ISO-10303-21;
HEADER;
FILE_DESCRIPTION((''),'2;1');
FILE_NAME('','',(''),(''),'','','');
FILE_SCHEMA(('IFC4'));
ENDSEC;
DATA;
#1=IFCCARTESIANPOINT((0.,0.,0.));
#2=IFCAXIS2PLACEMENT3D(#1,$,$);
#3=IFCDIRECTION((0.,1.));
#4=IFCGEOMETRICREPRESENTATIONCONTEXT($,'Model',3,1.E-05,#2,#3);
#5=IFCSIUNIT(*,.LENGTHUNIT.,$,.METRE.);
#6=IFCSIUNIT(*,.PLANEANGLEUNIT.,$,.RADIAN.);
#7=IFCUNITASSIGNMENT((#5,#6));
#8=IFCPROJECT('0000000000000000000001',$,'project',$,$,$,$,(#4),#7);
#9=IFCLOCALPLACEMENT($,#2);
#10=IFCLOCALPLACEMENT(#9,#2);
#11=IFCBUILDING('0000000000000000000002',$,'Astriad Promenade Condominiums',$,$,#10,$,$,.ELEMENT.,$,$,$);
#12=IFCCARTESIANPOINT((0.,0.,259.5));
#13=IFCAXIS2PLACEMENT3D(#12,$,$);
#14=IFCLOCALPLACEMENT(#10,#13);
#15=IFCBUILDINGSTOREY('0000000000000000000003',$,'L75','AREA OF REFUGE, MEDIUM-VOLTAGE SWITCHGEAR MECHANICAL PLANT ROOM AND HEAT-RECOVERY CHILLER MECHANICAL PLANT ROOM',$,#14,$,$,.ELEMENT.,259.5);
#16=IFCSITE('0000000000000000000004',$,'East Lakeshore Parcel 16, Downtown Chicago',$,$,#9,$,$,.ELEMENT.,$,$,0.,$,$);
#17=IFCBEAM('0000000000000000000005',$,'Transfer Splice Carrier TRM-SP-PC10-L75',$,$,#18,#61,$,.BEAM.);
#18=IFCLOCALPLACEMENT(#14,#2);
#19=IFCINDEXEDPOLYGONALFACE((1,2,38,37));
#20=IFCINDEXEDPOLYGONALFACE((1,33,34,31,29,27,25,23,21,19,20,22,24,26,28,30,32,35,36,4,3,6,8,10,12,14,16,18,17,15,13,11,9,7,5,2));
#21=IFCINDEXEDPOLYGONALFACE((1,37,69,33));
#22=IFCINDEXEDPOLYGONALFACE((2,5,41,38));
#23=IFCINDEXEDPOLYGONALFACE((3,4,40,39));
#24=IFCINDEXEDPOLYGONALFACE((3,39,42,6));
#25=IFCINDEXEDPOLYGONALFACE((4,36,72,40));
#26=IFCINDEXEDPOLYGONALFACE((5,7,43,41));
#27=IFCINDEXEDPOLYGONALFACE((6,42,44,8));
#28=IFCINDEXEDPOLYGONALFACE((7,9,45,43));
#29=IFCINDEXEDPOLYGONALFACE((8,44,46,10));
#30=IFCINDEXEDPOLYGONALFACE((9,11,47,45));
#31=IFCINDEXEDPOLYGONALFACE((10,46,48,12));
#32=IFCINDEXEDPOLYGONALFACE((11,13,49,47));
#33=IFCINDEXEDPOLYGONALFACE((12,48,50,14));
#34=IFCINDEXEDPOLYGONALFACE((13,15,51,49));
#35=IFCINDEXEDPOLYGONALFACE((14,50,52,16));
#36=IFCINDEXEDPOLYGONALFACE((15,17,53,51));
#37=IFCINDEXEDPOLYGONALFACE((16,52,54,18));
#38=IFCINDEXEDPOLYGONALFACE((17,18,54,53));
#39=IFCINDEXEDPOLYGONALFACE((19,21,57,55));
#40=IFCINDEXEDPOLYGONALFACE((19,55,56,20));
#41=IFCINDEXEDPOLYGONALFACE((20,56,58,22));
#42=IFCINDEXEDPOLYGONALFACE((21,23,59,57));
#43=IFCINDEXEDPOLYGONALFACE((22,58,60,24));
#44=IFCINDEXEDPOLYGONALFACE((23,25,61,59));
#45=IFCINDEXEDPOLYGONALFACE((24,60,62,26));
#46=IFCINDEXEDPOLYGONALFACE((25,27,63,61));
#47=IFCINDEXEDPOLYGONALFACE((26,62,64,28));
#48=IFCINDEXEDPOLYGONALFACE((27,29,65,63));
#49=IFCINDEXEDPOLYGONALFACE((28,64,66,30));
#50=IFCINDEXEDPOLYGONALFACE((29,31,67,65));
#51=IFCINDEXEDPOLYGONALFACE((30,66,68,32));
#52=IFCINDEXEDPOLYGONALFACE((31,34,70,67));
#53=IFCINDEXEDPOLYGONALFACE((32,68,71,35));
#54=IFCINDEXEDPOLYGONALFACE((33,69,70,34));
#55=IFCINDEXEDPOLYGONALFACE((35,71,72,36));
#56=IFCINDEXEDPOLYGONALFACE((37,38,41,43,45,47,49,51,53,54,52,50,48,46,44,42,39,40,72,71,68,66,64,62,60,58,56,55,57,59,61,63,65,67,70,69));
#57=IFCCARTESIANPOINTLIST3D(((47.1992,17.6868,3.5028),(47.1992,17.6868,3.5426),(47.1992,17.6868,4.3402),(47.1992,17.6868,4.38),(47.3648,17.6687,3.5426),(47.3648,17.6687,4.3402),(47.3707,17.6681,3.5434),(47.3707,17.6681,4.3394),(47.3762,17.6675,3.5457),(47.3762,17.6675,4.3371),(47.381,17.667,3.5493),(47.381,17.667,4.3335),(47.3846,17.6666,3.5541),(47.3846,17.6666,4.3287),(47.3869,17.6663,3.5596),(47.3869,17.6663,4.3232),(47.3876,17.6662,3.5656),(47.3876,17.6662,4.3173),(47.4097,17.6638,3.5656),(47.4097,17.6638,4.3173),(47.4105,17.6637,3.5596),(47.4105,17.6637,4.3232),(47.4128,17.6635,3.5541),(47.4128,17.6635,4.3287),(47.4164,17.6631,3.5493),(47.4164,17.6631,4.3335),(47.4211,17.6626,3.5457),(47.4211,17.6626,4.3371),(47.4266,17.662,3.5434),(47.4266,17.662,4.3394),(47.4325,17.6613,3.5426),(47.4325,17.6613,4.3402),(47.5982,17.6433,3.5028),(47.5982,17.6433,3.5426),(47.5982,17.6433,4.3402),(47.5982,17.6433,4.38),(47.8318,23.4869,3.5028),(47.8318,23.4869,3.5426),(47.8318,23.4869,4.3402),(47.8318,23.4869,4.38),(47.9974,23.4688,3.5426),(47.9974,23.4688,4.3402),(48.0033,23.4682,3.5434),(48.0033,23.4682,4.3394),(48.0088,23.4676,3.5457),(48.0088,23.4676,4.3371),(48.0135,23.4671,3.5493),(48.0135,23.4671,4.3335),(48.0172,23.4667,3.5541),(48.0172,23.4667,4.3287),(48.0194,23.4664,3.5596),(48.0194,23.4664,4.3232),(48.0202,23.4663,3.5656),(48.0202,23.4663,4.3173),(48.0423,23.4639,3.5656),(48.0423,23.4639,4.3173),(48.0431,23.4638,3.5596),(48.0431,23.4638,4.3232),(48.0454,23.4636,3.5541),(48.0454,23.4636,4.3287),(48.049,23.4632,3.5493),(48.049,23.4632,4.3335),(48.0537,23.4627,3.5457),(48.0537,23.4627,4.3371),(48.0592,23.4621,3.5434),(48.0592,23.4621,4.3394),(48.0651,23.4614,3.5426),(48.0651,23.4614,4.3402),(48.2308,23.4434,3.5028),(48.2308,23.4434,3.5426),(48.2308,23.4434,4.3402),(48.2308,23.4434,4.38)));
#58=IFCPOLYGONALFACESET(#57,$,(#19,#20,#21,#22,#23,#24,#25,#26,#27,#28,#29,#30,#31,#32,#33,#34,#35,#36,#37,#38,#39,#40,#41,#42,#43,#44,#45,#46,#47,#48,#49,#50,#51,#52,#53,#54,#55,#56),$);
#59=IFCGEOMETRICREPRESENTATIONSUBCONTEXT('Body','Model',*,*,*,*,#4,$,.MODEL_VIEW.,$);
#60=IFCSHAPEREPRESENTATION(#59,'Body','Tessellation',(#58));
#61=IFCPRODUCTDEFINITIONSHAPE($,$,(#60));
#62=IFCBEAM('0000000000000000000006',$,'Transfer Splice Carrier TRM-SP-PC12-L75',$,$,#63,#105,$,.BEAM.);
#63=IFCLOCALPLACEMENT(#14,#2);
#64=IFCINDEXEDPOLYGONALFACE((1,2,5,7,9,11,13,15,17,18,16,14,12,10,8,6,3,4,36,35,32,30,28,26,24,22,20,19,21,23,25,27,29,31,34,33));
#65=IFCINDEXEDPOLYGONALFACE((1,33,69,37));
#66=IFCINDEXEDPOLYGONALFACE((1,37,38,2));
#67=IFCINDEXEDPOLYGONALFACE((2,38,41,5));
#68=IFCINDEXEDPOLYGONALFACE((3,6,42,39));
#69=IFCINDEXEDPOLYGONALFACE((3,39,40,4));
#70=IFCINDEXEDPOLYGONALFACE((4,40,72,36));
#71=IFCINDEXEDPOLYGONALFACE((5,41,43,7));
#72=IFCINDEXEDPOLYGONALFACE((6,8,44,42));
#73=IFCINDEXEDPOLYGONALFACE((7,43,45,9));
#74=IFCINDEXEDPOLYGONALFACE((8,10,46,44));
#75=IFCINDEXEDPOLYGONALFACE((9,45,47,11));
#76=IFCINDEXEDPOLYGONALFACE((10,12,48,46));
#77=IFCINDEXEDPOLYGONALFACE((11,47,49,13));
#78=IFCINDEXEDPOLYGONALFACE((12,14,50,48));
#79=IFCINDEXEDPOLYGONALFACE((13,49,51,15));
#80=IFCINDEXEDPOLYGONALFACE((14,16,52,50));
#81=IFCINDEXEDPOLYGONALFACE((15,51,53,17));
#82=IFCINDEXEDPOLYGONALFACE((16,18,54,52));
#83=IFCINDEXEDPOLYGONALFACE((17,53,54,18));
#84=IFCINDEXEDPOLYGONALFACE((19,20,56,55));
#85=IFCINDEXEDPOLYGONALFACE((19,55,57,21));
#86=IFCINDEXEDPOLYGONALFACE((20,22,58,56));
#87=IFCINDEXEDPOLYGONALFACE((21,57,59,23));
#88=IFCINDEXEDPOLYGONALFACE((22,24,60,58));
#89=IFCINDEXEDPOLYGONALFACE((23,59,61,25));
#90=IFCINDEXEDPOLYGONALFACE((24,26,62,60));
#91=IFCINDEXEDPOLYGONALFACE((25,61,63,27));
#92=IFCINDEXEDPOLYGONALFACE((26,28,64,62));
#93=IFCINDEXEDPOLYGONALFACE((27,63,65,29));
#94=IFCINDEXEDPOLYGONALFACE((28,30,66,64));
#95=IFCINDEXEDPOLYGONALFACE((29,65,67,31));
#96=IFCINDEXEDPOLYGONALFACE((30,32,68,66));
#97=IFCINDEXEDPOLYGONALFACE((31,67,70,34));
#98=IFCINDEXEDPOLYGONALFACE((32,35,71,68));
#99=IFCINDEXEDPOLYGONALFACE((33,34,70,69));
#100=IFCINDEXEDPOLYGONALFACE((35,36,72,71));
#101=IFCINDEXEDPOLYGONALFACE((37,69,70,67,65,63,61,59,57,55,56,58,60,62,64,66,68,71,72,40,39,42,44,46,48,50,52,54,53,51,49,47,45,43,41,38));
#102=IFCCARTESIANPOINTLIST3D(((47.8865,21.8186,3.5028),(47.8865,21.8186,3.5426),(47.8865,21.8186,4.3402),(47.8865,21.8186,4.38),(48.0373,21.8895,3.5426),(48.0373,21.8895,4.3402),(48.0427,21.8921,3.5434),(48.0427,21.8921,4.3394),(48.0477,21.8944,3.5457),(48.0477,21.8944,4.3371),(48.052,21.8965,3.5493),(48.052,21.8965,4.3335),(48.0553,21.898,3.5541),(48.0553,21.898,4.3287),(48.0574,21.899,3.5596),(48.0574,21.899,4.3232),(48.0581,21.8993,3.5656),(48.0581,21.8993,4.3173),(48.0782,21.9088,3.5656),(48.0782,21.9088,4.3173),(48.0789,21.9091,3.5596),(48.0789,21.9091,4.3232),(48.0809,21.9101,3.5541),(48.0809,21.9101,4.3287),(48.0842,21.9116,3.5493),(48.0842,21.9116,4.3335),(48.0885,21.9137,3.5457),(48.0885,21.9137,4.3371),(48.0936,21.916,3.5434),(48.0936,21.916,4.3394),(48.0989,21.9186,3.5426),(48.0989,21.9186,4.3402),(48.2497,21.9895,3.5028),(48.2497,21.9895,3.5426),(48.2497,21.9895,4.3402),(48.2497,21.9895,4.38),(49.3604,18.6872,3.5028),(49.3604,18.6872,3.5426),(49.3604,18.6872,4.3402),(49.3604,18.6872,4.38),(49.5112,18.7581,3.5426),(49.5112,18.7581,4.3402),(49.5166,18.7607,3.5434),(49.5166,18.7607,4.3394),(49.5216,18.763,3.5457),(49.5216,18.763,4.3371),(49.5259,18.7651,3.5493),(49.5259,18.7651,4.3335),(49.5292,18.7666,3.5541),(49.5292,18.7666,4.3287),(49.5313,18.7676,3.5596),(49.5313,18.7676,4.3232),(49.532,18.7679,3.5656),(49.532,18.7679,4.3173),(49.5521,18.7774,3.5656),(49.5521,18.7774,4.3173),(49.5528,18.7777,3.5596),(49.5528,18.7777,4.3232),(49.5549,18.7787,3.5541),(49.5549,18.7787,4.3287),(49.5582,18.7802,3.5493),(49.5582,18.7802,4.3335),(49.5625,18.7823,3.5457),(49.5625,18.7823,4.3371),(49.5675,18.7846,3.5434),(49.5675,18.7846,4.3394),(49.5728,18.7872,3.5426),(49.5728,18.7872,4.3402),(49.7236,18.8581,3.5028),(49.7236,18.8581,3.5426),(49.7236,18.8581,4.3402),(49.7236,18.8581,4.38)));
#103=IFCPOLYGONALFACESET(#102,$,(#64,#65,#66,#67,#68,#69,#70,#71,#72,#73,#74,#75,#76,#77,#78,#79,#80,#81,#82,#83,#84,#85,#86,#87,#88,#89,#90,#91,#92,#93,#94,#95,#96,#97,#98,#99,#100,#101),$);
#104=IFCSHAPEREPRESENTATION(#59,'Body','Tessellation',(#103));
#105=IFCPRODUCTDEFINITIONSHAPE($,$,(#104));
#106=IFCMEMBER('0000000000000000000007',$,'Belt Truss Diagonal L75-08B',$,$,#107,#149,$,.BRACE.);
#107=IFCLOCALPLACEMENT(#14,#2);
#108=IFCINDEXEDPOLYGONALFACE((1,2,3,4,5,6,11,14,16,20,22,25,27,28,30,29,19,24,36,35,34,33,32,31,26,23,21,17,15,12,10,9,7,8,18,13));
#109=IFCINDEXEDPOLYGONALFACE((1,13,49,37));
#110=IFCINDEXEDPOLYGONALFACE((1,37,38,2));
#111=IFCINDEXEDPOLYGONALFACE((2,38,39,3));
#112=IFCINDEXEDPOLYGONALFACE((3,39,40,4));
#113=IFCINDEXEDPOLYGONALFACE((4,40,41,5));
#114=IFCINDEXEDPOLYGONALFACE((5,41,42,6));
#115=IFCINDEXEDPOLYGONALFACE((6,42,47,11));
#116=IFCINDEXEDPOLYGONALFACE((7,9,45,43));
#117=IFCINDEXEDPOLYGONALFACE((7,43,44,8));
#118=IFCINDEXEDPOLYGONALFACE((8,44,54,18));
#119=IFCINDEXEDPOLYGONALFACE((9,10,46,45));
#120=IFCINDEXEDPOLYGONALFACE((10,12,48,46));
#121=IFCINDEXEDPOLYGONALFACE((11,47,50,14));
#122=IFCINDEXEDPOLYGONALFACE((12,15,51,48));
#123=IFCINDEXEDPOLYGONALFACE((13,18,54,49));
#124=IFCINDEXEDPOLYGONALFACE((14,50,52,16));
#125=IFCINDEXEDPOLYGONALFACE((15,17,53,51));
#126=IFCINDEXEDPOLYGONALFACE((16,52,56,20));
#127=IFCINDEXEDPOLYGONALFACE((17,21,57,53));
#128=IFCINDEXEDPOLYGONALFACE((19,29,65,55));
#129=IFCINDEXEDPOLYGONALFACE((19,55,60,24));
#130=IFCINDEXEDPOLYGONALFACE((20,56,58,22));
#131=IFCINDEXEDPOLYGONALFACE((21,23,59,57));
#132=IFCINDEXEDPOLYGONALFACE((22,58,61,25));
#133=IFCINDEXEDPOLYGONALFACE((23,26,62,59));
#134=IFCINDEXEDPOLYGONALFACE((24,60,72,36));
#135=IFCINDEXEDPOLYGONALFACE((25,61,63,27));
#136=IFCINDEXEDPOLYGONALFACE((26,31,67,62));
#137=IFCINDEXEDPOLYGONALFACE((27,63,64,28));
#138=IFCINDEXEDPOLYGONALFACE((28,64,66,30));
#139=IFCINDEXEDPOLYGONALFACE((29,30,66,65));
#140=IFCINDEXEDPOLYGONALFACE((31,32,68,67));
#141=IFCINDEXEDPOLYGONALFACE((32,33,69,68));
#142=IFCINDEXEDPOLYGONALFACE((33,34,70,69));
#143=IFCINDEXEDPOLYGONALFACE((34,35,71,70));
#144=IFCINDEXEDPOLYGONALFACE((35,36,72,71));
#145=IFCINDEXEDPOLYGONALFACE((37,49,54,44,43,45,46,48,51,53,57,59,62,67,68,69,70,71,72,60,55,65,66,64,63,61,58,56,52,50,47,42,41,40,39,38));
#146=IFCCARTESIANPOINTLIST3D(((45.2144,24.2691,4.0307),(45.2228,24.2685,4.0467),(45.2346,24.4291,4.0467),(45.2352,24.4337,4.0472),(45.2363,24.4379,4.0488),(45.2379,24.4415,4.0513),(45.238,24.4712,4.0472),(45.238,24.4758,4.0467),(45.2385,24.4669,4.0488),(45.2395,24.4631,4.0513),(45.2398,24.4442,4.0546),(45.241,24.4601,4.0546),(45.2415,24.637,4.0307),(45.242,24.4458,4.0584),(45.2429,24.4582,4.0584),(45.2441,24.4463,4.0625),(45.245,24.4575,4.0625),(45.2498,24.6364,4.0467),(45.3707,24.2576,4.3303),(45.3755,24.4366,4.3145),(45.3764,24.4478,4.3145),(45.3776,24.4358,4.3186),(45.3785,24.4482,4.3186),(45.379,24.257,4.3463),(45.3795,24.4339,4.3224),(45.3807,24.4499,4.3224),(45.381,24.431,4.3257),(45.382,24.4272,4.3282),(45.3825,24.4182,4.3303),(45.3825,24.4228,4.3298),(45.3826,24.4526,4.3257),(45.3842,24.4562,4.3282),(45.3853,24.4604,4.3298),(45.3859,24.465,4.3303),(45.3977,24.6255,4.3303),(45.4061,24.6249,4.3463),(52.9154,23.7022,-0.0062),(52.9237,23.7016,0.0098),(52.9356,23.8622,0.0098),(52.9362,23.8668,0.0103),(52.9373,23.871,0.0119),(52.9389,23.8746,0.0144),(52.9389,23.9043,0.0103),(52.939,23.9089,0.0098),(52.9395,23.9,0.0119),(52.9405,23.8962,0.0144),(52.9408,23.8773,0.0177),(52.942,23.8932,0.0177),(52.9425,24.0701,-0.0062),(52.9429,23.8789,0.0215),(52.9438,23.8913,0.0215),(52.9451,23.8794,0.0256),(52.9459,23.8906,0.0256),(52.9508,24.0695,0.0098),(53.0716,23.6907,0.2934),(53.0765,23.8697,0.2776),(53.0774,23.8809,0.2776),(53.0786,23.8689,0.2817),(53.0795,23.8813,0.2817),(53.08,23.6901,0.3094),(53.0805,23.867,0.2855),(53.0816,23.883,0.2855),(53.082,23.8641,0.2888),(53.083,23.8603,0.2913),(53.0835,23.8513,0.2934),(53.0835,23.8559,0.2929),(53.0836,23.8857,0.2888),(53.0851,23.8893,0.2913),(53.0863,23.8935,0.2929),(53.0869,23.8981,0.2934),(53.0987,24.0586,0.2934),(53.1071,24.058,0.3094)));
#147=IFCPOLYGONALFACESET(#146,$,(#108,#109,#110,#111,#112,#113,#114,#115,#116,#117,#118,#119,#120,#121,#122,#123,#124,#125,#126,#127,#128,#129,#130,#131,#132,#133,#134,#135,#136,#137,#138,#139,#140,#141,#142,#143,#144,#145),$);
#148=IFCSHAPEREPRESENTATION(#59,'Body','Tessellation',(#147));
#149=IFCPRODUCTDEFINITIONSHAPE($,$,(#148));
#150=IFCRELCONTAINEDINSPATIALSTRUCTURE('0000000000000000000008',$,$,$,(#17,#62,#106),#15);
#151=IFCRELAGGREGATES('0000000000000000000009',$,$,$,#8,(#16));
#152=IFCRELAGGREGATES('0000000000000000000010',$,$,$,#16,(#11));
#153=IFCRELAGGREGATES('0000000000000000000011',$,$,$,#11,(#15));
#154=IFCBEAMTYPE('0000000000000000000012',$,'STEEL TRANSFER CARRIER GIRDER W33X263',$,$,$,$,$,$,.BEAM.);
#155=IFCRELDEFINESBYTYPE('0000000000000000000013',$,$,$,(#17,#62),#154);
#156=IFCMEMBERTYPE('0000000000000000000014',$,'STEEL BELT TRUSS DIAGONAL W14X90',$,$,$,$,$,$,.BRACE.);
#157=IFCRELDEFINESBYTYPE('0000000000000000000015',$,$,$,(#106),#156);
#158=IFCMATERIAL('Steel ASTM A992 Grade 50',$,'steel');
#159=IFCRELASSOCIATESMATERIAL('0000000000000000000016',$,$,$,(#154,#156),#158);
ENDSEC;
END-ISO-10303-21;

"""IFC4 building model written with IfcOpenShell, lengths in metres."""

from ifc_helpers import new_model, si_unit, direction, frame, origin, origin_2d, place, context, subcontext, project, spatial, i_section, extrude, source, transform, mapped, material, material_profile, profile_set, type_object, element, save


model = new_model("IFC4")

# Units and contexts
model_context = context("Model", 3, precision=1e-05, world=origin(), true_north=direction((0.0, 1.0)))
body_context = subcontext(model_context, "Body", "Model", "MODEL_VIEW")
ifc_project = project(units=[si_unit("LENGTHUNIT", "METRE"), si_unit("PLANEANGLEUNIT", "RADIAN")], contexts=[model_context])

# Site, building, storey
site_placement = place(None, origin())
site = spatial("IfcSite", under=ifc_project, at=site_placement, Name="East Lakeshore Parcel 16, Downtown Chicago", CompositionType="ELEMENT", RefElevation=0.0)
building_placement = place(site_placement, origin())
building = spatial("IfcBuilding", under=site, at=building_placement, Name="Astriad Promenade Condominiums", CompositionType="ELEMENT")
storey_placement = place(building_placement, frame((0.0, 0.0, 259.5)))
storey = spatial("IfcBuildingStorey", under=building, at=storey_placement, Name="L75", Description="AREA OF REFUGE, MEDIUM-VOLTAGE SWITCHGEAR MECHANICAL PLANT ROOM AND HEAT-RECOVERY CHILLER MECHANICAL PLANT ROOM", CompositionType="ELEMENT", Elevation=259.5)

# Shared definitions
ifc_material_1 = material(Name="Steel ASTM A992 Grade 50", Category="steel")

# Beams
ifc_material_profile_1 = material_profile(ifc_material_1, i_section(OverallWidth=0.4014, OverallDepth=0.8772, WebThickness=0.0222, FlangeThickness=0.0398, FilletRadius=0.0229, at=origin_2d()), Name="W33X263")
ifc_profile_set_1 = profile_set([ifc_material_profile_1], Name="Steel ASTM A992 Grade 50")
beam_type_1 = type_object("IfcBeamType", Name="STEEL TRANSFER CARRIER GIRDER W33X263", PredefinedType="BEAM", material=ifc_profile_set_1)
shared_shape_1 = source(origin(), body_context, "Body", "SweptSolid", [
    extrude(i_section(OverallWidth=0.4014, OverallDepth=0.8772, WebThickness=0.0222, FlangeThickness=0.0398, FilletRadius=0.0229, at=origin_2d()), origin(), (0.0, 0.0, 1.0), 5.8345),
])
beam_1_placement = place(storey_placement, frame((47.3987, 17.665, 3.9414), z_axis=(0.10842, 0.994105, 0.0), x_axis=(-0.994105, 0.10842, 0.0)))
element("IfcBeam", 1, at=beam_1_placement, inside=storey, type_object=beam_type_1, Name="Transfer Splice Carrier TRM-SP-PC10-L75", PredefinedType="BEAM", context=body_context, shape_type="MappedRepresentation", body=[
    mapped(shared_shape_1, transform((0.0, 0.0, 0.0), scale=1.0)),
])
shared_shape_2 = source(origin(), body_context, "Body", "SweptSolid", [
    extrude(i_section(OverallWidth=0.4014, OverallDepth=0.8772, WebThickness=0.0222, FlangeThickness=0.0398, FilletRadius=0.0229, at=origin_2d()), origin(), (0.0, 0.0, 1.0), 3.4609),
])
beam_2_placement = place(storey_placement, frame((48.0681, 21.9041, 3.9414), z_axis=(0.425868, -0.904785, 0.0), x_axis=(0.904785, 0.425868, 0.0)))
element("IfcBeam", 2, at=beam_2_placement, inside=storey, type_object=beam_type_1, Name="Transfer Splice Carrier TRM-SP-PC12-L75", PredefinedType="BEAM", context=body_context, shape_type="MappedRepresentation", body=[
    mapped(shared_shape_2, transform((0.0, 0.0, 0.0), scale=1.0)),
])

# Member
ifc_material_profile_2 = material_profile(ifc_material_1, i_section(OverallWidth=0.3689, OverallDepth=0.3562, WebThickness=0.0112, FlangeThickness=0.0181, FilletRadius=0.0178, at=origin_2d()), Name="W14X90")
ifc_profile_set_2 = profile_set([ifc_material_profile_2], Name="Steel ASTM A992 Grade 50")
member_type_1 = type_object("IfcMemberType", Name="STEEL BELT TRUSS DIAGONAL W14X90", PredefinedType="BRACE", material=ifc_profile_set_2)
shared_shape_3 = source(origin(), body_context, "Body", "SweptSolid", [
    extrude(i_section(OverallWidth=0.3689, OverallDepth=0.3562, WebThickness=0.0112, FlangeThickness=0.0181, FilletRadius=0.0178, at=origin_2d()), origin(), (0.0, 0.0, 1.0), 8.7134),
])
member_1_placement = place(storey_placement, frame((53.0112, 23.8801, 0.1516), z_axis=(-0.883811, 0.065061, 0.463298), x_axis=(-0.073415, -0.997301, 0.0)))
element("IfcMember", 3, at=member_1_placement, inside=storey, type_object=member_type_1, Name="Belt Truss Diagonal L75-08B", PredefinedType="BRACE", context=body_context, shape_type="MappedRepresentation", body=[
    mapped(shared_shape_3, transform((0.0, 0.0, 0.0), scale=1.0)),
])

save(model, "model.ifc")
